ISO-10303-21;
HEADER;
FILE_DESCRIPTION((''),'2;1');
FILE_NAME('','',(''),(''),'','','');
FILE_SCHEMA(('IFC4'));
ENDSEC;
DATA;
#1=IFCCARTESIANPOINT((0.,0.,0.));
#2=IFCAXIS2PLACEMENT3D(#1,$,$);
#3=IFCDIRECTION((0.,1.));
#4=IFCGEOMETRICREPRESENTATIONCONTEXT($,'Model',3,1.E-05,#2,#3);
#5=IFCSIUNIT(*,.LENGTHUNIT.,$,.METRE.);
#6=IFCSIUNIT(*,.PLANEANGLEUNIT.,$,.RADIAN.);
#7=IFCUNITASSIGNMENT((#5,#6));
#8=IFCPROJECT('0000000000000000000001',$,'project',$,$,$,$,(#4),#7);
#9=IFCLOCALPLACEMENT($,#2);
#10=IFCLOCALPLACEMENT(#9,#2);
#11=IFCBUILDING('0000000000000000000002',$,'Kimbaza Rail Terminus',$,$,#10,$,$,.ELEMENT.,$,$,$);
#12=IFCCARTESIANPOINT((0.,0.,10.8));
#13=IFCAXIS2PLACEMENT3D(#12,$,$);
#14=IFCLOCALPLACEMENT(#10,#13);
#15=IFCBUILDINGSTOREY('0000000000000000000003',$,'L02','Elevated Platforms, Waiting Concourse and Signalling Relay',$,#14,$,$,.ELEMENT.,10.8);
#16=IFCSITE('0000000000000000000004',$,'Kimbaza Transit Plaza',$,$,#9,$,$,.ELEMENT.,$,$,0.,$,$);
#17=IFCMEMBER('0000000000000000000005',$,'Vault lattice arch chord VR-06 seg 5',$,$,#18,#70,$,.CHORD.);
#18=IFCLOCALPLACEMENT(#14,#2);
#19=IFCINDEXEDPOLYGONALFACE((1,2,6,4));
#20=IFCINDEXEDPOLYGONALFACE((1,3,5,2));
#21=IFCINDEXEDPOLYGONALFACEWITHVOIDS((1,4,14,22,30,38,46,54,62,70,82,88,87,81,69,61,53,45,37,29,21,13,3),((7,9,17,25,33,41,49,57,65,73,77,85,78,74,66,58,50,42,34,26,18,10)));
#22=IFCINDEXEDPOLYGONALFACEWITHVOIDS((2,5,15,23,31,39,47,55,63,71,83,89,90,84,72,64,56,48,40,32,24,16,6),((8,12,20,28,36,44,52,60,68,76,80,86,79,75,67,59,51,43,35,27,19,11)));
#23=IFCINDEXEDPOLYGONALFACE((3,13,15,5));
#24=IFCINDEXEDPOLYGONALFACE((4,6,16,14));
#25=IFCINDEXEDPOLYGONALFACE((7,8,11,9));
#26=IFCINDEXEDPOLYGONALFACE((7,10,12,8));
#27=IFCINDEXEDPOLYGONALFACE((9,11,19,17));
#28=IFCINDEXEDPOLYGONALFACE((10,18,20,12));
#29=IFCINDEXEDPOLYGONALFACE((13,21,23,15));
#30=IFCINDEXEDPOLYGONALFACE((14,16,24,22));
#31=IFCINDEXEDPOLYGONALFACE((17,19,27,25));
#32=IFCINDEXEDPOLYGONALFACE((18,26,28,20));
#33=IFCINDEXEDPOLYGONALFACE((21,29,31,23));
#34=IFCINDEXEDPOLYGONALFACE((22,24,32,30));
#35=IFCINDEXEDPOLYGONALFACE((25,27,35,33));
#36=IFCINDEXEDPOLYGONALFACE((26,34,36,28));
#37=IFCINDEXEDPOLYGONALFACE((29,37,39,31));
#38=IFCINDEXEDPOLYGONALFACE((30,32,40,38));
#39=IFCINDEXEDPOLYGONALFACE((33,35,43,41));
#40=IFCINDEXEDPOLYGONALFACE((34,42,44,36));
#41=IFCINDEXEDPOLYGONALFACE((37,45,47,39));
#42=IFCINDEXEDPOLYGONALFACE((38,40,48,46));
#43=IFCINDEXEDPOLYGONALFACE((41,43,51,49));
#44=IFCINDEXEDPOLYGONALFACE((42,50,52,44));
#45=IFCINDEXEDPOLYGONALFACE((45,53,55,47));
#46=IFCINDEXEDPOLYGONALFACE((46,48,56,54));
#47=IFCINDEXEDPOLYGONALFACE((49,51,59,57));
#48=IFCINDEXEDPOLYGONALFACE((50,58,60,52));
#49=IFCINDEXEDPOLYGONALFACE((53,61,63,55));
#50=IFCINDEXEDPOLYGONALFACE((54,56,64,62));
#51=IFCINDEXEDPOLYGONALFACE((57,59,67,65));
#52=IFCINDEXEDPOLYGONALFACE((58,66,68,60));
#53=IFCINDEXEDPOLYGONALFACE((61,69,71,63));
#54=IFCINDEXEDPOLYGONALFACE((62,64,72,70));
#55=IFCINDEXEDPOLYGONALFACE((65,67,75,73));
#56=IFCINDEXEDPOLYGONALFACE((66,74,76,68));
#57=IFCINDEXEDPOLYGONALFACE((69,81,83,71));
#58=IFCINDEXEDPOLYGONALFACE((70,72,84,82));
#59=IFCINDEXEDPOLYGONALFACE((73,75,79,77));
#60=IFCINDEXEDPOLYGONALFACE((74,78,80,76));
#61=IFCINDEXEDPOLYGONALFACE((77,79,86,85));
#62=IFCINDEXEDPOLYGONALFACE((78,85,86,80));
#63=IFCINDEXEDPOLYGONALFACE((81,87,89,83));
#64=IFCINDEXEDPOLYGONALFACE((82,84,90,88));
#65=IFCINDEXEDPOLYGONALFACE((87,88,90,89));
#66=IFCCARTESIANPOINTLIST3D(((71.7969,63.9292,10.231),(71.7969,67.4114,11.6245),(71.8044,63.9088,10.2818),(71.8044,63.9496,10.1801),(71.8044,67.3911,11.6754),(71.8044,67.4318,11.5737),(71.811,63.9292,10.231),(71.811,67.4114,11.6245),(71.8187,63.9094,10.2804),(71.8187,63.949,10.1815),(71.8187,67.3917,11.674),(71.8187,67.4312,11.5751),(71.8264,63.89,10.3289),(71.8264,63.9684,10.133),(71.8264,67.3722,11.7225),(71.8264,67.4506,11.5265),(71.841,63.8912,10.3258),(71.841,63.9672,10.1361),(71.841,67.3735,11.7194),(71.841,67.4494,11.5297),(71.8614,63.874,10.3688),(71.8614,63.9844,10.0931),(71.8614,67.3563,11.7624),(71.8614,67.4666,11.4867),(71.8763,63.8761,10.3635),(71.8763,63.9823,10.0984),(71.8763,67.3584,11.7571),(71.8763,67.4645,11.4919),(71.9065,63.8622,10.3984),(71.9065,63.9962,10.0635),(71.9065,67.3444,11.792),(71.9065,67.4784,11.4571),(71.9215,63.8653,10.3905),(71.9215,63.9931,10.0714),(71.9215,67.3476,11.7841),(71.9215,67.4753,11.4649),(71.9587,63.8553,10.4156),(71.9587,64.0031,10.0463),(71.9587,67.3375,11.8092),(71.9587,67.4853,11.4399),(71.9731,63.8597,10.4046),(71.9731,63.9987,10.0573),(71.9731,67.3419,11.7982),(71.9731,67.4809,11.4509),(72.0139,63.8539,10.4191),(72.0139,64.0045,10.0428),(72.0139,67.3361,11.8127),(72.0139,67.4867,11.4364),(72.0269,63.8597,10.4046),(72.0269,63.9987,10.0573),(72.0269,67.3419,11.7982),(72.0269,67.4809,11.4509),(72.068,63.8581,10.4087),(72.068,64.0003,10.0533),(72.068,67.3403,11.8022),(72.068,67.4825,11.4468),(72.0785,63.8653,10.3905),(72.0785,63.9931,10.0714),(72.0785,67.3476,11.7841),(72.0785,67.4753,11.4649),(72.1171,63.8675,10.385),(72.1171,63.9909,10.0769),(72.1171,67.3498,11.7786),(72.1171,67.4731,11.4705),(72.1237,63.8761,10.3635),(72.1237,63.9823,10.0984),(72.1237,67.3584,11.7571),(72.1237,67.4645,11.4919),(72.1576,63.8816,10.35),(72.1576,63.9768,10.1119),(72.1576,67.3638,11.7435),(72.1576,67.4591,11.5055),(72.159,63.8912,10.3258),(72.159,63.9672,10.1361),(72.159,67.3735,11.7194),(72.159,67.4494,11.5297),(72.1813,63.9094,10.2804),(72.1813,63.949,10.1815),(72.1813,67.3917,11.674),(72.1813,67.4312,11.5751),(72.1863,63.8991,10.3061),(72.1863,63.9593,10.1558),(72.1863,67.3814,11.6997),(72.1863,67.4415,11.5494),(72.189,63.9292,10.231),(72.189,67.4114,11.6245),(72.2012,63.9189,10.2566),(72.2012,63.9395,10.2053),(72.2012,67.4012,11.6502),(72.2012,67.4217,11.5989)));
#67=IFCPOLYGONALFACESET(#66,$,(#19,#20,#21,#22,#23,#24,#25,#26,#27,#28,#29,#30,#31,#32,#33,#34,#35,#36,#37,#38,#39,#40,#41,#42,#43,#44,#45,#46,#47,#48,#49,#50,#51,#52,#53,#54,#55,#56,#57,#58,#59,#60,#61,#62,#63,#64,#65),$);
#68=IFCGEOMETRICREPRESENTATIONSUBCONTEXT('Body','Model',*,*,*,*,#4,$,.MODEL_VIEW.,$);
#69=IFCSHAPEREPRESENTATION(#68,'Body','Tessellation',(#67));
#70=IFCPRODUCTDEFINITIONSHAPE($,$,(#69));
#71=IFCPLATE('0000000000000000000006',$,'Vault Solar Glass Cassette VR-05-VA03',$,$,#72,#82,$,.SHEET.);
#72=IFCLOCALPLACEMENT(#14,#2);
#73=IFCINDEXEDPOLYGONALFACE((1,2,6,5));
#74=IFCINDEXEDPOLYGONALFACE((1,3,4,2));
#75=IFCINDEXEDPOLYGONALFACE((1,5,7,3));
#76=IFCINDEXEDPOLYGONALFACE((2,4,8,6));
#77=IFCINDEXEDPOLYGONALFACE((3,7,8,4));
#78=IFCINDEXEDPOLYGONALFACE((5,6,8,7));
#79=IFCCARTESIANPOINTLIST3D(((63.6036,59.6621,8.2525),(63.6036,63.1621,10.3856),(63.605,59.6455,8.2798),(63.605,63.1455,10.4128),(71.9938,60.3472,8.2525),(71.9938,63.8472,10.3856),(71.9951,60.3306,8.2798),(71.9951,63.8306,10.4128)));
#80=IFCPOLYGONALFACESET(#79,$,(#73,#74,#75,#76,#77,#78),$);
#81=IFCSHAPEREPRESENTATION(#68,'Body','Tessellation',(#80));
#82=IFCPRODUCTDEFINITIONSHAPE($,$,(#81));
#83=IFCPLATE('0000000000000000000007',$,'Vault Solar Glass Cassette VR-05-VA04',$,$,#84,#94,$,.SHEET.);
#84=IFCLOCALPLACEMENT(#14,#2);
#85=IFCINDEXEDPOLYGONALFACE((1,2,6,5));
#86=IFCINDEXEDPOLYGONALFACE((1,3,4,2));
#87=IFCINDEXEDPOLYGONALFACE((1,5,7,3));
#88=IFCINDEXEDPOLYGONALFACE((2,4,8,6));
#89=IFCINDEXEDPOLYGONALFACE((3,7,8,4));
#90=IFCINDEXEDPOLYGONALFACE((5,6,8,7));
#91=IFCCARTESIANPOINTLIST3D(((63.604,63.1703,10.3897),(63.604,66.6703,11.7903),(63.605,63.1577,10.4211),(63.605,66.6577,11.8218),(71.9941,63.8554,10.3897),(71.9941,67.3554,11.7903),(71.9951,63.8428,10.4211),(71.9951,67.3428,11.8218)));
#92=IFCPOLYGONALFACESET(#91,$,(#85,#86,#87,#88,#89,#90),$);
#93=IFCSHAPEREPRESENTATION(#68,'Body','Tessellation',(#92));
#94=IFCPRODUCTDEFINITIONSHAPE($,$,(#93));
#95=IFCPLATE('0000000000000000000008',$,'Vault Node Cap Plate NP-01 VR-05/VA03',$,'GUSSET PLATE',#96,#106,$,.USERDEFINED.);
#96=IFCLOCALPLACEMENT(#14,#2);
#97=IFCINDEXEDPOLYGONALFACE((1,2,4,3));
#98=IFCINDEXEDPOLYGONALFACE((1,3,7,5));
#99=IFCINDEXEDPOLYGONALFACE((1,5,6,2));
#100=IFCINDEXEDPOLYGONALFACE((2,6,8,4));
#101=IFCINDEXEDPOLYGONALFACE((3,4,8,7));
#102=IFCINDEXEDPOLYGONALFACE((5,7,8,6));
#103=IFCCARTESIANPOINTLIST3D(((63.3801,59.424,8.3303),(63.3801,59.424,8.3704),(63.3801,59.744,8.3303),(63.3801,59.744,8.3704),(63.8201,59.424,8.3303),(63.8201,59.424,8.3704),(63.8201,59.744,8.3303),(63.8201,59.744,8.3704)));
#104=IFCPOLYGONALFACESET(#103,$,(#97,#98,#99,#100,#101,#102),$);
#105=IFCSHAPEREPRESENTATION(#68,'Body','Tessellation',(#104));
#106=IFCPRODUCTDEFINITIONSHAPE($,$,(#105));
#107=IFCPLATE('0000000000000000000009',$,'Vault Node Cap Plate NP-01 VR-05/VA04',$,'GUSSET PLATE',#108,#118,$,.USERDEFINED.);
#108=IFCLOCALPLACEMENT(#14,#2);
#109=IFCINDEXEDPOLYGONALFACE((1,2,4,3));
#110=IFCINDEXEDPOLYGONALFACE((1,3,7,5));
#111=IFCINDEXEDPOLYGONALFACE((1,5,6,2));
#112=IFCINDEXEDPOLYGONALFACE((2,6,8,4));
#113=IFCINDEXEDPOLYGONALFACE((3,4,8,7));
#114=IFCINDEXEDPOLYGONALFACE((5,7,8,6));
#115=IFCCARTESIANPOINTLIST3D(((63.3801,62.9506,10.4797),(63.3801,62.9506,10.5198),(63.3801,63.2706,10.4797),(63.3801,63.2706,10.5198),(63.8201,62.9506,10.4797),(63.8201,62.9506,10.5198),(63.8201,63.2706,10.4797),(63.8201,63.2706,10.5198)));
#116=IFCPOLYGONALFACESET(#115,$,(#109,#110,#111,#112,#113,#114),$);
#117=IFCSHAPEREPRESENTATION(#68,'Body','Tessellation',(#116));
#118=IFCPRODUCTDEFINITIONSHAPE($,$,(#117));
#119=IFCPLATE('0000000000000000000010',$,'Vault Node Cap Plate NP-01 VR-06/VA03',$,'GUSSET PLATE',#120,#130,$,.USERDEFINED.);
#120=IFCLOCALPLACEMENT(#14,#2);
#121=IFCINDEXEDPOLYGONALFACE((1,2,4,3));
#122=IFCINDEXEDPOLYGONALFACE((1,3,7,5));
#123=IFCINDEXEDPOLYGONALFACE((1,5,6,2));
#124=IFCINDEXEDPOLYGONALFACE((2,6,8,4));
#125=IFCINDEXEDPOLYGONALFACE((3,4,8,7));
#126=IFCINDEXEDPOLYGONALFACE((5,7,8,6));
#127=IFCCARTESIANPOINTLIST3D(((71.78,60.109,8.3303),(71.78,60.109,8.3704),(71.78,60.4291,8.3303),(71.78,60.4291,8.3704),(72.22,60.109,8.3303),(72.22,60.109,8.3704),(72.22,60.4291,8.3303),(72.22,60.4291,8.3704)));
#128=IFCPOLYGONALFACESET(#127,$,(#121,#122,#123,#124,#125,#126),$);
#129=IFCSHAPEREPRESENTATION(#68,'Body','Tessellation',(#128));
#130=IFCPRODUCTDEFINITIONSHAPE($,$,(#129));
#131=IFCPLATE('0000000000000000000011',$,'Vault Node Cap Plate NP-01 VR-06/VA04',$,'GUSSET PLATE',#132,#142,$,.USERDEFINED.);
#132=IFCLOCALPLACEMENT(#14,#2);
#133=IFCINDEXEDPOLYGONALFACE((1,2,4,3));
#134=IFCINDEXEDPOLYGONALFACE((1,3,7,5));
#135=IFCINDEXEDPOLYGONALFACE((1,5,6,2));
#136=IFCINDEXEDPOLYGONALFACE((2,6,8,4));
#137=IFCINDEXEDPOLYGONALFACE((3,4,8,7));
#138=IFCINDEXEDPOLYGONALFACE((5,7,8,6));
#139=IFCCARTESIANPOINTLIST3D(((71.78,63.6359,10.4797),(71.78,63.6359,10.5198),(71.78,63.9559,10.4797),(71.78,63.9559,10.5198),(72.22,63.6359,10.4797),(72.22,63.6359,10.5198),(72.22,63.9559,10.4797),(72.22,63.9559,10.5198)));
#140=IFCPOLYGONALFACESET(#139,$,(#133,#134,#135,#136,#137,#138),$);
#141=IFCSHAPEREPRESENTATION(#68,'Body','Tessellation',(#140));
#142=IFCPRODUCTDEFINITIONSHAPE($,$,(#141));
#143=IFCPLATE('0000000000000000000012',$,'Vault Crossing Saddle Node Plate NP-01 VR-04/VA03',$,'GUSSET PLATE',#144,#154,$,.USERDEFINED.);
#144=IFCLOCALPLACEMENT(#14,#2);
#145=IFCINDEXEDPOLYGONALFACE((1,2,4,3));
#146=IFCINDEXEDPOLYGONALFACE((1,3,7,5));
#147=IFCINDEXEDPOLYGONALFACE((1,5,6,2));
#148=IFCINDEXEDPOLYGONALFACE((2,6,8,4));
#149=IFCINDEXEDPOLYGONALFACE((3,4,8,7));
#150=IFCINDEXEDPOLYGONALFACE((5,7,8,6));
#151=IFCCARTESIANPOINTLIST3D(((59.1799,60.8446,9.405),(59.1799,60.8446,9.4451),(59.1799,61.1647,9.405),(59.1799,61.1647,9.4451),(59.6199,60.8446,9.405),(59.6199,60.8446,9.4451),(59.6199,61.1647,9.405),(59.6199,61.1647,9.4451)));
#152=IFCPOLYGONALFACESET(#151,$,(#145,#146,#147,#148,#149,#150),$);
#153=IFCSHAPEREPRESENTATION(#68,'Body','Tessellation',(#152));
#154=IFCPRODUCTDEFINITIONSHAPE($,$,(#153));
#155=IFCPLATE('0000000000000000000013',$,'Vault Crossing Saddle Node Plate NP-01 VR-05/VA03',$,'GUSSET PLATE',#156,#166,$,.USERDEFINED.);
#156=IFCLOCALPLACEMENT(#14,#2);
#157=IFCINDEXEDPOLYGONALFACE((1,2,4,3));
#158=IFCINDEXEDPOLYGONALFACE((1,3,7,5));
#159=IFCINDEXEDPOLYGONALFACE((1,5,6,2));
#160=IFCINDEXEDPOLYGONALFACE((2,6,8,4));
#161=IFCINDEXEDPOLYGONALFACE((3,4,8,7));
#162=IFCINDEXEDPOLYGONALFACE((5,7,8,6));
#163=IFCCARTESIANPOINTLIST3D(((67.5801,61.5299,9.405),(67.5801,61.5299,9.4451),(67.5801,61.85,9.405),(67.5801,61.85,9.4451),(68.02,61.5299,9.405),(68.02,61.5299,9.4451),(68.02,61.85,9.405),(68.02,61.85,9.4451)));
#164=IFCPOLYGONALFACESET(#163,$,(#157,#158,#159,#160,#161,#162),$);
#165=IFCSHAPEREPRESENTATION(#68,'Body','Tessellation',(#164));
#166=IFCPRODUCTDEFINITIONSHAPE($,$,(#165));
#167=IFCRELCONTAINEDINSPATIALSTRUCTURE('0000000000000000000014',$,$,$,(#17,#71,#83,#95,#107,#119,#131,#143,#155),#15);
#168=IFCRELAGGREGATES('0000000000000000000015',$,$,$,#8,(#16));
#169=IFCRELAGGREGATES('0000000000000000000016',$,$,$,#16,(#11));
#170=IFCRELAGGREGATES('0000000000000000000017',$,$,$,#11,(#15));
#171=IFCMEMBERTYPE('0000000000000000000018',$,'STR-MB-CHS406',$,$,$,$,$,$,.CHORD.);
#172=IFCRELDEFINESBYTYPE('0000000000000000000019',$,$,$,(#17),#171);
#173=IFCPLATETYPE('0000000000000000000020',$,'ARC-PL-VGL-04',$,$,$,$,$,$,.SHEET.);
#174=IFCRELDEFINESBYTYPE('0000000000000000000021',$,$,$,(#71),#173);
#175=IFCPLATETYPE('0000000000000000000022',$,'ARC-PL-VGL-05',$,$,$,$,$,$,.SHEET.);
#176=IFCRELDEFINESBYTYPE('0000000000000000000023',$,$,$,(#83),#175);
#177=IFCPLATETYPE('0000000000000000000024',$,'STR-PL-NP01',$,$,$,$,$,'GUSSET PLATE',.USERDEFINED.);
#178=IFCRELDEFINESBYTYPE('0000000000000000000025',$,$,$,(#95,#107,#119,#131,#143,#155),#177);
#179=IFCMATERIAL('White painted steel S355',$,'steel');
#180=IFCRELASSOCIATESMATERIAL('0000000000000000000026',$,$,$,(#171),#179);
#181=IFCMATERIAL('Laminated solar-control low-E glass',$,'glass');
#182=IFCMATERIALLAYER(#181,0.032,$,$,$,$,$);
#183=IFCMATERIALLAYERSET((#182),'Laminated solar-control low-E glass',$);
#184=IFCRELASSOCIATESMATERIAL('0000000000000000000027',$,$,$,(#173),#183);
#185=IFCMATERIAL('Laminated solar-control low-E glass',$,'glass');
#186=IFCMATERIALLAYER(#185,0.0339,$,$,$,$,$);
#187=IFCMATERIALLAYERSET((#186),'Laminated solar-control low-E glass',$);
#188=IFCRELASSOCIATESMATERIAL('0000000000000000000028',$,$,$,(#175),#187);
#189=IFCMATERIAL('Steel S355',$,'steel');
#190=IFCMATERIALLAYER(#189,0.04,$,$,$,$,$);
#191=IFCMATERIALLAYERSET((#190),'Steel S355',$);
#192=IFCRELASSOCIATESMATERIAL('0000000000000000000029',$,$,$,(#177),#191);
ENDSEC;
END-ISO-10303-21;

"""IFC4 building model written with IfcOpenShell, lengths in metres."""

from ifc_helpers import new_model, si_unit, direction, frame, origin, origin_2d, place, context, subcontext, project, spatial, polyline, rectangle, hollow_circle, outline, extrude, material, layer, layer_set, material_profile, profile_set, type_object, element, save


model = new_model("IFC4")

# Units and contexts
model_context = context("Model", 3, precision=1e-05, world=origin(), true_north=direction((0.0, 1.0)))
body_context = subcontext(model_context, "Body", "Model", "MODEL_VIEW")
ifc_project = project(units=[si_unit("LENGTHUNIT", "METRE"), si_unit("PLANEANGLEUNIT", "RADIAN")], contexts=[model_context])

# Site, building, storey
site_placement = place(None, origin())
site = spatial("IfcSite", under=ifc_project, at=site_placement, Name="Kimbaza Transit Plaza", CompositionType="ELEMENT", RefElevation=0.0)
building_placement = place(site_placement, origin())
building = spatial("IfcBuilding", under=site, at=building_placement, Name="Kimbaza Rail Terminus", CompositionType="ELEMENT")
storey_placement = place(building_placement, frame((0.0, 0.0, 10.8)))
storey = spatial("IfcBuildingStorey", under=building, at=storey_placement, Name="L02", Description="Elevated Platforms, Waiting Concourse and Signalling Relay", CompositionType="ELEMENT", Elevation=10.8)

# Member
ifc_material_1 = material(Name="White painted steel S355", Category="steel")
ifc_material_profile_1 = material_profile(ifc_material_1, hollow_circle(Radius=0.2031, WallThickness=0.0142, at=origin_2d()), Name="CHS 406.4x14.2")
ifc_profile_set_1 = profile_set([ifc_material_profile_1], Name="White painted steel S355")
member_type_1 = type_object("IfcMemberType", Name="STR-MB-CHS406", PredefinedType="CHORD", material=ifc_profile_set_1)
member_1_placement = place(storey_placement, frame((72.0, 63.9292, 10.231), z_axis=(0.0, 0.928414, 0.371548), x_axis=(-1.0, 0.0, 0.0)))
element("IfcMember", 1, at=member_1_placement, inside=storey, type_object=member_type_1, Name="Vault lattice arch chord VR-06 seg 5", PredefinedType="CHORD", context=body_context, shape_type="SweptSolid", body=[
    extrude(hollow_circle(Radius=0.2031, WallThickness=0.0142, at=origin_2d()), origin(), (0.0, 0.0, 1.0), 3.7507),
])

# Plates
ifc_material_2 = material(Name="Laminated solar-control low-E glass", Category="glass")
ifc_layer_1 = layer(ifc_material_2, 0.032)
ifc_layer_set_1 = layer_set([ifc_layer_1], Name="Laminated solar-control low-E glass")
plate_type_1 = type_object("IfcPlateType", Name="ARC-PL-VGL-04", PredefinedType="SHEET", material=ifc_layer_set_1)
plate_1_placement = place(storey_placement, frame((63.605, 59.6455, 8.2798), z_axis=(0.042454, -0.519944, 0.853144), x_axis=(0.996683, 0.08138, 0.0)))
element("IfcPlate", 2, at=plate_1_placement, inside=storey, type_object=plate_type_1, Name="Vault Solar Glass Cassette VR-05-VA03", PredefinedType="SHEET", context=body_context, shape_type="SweptSolid", body=[
    extrude(outline(polyline([(0.0, 0.0), (8.4181, 0.0), (8.7029, 4.0889), (0.2848, 4.0889), (0.0, 0.0)])), origin(), (0.0, 0.0, -1.0), 0.032),
])
ifc_material_3 = material(Name="Laminated solar-control low-E glass", Category="glass")
ifc_layer_2 = layer(ifc_material_3, 0.0339)
ifc_layer_set_2 = layer_set([ifc_layer_2], Name="Laminated solar-control low-E glass")
plate_type_2 = type_object("IfcPlateType", Name="ARC-PL-VGL-05", PredefinedType="SHEET", material=ifc_layer_set_2)
plate_2_placement = place(storey_placement, frame((63.605, 63.1577, 10.4211), z_axis=(0.030322, -0.371365, 0.927992), x_axis=(0.996683, 0.08138, 0.0)))
element("IfcPlate", 3, at=plate_2_placement, inside=storey, type_object=plate_type_2, Name="Vault Solar Glass Cassette VR-05-VA04", PredefinedType="SHEET", context=body_context, shape_type="SweptSolid", body=[
    extrude(outline(polyline([(0.0, 0.0), (8.4181, 0.0), (8.7029, 3.7591), (0.2848, 3.7591), (0.0, 0.0)])), origin(), (0.0, 0.0, -1.0), 0.0339),
])
ifc_material_4 = material(Name="Steel S355", Category="steel")
ifc_layer_3 = layer(ifc_material_4, 0.04)
ifc_layer_set_3 = layer_set([ifc_layer_3], Name="Steel S355")
plate_type_3 = type_object("IfcPlateType", Name="STR-PL-NP01", ElementType="GUSSET PLATE", PredefinedType="USERDEFINED", material=ifc_layer_set_3)
for number, where, z_axis, x_axis, name in (
    (4, (63.6001, 59.584, 8.3303), (0.0, 0.0, 1.0), (1.0, 0.0, 0.0), "Vault Node Cap Plate NP-01 VR-05/VA03"),
    (5, (63.6001, 63.1106, 10.4797), (0.0, 0.0, 1.0), (1.0, 0.0, 0.0), "Vault Node Cap Plate NP-01 VR-05/VA04"),
    (6, (72.0, 60.269, 8.3303), (0.0, 0.0, 1.0), (1.0, 0.0, 0.0), "Vault Node Cap Plate NP-01 VR-06/VA03"),
    (7, (72.0, 63.7959, 10.4797), (0.0, 0.0, 1.0), (1.0, 0.0, 0.0), "Vault Node Cap Plate NP-01 VR-06/VA04"),
    (8, (59.3999, 61.0046, 9.405), (0.0, 0.0, 1.0), (1.0, 0.0, 0.0), "Vault Crossing Saddle Node Plate NP-01 VR-04/VA03"),
    (9, (67.8, 61.6899, 9.405), (0.0, 0.0, 1.0), (1.0, 0.0, 0.0), "Vault Crossing Saddle Node Plate NP-01 VR-05/VA03"),
):
    element("IfcPlate", number, at=place(storey_placement, frame(where, z_axis=z_axis, x_axis=x_axis)), inside=storey, type_object=plate_type_3, Name=name, ObjectType="GUSSET PLATE", PredefinedType="USERDEFINED", context=body_context, shape_type="SweptSolid", body=[
        extrude(rectangle(XDim=0.4399, YDim=0.3201, at=origin_2d()), origin(), (0.0, 0.0, 1.0), 0.04),
    ])

save(model, "model.ifc")
